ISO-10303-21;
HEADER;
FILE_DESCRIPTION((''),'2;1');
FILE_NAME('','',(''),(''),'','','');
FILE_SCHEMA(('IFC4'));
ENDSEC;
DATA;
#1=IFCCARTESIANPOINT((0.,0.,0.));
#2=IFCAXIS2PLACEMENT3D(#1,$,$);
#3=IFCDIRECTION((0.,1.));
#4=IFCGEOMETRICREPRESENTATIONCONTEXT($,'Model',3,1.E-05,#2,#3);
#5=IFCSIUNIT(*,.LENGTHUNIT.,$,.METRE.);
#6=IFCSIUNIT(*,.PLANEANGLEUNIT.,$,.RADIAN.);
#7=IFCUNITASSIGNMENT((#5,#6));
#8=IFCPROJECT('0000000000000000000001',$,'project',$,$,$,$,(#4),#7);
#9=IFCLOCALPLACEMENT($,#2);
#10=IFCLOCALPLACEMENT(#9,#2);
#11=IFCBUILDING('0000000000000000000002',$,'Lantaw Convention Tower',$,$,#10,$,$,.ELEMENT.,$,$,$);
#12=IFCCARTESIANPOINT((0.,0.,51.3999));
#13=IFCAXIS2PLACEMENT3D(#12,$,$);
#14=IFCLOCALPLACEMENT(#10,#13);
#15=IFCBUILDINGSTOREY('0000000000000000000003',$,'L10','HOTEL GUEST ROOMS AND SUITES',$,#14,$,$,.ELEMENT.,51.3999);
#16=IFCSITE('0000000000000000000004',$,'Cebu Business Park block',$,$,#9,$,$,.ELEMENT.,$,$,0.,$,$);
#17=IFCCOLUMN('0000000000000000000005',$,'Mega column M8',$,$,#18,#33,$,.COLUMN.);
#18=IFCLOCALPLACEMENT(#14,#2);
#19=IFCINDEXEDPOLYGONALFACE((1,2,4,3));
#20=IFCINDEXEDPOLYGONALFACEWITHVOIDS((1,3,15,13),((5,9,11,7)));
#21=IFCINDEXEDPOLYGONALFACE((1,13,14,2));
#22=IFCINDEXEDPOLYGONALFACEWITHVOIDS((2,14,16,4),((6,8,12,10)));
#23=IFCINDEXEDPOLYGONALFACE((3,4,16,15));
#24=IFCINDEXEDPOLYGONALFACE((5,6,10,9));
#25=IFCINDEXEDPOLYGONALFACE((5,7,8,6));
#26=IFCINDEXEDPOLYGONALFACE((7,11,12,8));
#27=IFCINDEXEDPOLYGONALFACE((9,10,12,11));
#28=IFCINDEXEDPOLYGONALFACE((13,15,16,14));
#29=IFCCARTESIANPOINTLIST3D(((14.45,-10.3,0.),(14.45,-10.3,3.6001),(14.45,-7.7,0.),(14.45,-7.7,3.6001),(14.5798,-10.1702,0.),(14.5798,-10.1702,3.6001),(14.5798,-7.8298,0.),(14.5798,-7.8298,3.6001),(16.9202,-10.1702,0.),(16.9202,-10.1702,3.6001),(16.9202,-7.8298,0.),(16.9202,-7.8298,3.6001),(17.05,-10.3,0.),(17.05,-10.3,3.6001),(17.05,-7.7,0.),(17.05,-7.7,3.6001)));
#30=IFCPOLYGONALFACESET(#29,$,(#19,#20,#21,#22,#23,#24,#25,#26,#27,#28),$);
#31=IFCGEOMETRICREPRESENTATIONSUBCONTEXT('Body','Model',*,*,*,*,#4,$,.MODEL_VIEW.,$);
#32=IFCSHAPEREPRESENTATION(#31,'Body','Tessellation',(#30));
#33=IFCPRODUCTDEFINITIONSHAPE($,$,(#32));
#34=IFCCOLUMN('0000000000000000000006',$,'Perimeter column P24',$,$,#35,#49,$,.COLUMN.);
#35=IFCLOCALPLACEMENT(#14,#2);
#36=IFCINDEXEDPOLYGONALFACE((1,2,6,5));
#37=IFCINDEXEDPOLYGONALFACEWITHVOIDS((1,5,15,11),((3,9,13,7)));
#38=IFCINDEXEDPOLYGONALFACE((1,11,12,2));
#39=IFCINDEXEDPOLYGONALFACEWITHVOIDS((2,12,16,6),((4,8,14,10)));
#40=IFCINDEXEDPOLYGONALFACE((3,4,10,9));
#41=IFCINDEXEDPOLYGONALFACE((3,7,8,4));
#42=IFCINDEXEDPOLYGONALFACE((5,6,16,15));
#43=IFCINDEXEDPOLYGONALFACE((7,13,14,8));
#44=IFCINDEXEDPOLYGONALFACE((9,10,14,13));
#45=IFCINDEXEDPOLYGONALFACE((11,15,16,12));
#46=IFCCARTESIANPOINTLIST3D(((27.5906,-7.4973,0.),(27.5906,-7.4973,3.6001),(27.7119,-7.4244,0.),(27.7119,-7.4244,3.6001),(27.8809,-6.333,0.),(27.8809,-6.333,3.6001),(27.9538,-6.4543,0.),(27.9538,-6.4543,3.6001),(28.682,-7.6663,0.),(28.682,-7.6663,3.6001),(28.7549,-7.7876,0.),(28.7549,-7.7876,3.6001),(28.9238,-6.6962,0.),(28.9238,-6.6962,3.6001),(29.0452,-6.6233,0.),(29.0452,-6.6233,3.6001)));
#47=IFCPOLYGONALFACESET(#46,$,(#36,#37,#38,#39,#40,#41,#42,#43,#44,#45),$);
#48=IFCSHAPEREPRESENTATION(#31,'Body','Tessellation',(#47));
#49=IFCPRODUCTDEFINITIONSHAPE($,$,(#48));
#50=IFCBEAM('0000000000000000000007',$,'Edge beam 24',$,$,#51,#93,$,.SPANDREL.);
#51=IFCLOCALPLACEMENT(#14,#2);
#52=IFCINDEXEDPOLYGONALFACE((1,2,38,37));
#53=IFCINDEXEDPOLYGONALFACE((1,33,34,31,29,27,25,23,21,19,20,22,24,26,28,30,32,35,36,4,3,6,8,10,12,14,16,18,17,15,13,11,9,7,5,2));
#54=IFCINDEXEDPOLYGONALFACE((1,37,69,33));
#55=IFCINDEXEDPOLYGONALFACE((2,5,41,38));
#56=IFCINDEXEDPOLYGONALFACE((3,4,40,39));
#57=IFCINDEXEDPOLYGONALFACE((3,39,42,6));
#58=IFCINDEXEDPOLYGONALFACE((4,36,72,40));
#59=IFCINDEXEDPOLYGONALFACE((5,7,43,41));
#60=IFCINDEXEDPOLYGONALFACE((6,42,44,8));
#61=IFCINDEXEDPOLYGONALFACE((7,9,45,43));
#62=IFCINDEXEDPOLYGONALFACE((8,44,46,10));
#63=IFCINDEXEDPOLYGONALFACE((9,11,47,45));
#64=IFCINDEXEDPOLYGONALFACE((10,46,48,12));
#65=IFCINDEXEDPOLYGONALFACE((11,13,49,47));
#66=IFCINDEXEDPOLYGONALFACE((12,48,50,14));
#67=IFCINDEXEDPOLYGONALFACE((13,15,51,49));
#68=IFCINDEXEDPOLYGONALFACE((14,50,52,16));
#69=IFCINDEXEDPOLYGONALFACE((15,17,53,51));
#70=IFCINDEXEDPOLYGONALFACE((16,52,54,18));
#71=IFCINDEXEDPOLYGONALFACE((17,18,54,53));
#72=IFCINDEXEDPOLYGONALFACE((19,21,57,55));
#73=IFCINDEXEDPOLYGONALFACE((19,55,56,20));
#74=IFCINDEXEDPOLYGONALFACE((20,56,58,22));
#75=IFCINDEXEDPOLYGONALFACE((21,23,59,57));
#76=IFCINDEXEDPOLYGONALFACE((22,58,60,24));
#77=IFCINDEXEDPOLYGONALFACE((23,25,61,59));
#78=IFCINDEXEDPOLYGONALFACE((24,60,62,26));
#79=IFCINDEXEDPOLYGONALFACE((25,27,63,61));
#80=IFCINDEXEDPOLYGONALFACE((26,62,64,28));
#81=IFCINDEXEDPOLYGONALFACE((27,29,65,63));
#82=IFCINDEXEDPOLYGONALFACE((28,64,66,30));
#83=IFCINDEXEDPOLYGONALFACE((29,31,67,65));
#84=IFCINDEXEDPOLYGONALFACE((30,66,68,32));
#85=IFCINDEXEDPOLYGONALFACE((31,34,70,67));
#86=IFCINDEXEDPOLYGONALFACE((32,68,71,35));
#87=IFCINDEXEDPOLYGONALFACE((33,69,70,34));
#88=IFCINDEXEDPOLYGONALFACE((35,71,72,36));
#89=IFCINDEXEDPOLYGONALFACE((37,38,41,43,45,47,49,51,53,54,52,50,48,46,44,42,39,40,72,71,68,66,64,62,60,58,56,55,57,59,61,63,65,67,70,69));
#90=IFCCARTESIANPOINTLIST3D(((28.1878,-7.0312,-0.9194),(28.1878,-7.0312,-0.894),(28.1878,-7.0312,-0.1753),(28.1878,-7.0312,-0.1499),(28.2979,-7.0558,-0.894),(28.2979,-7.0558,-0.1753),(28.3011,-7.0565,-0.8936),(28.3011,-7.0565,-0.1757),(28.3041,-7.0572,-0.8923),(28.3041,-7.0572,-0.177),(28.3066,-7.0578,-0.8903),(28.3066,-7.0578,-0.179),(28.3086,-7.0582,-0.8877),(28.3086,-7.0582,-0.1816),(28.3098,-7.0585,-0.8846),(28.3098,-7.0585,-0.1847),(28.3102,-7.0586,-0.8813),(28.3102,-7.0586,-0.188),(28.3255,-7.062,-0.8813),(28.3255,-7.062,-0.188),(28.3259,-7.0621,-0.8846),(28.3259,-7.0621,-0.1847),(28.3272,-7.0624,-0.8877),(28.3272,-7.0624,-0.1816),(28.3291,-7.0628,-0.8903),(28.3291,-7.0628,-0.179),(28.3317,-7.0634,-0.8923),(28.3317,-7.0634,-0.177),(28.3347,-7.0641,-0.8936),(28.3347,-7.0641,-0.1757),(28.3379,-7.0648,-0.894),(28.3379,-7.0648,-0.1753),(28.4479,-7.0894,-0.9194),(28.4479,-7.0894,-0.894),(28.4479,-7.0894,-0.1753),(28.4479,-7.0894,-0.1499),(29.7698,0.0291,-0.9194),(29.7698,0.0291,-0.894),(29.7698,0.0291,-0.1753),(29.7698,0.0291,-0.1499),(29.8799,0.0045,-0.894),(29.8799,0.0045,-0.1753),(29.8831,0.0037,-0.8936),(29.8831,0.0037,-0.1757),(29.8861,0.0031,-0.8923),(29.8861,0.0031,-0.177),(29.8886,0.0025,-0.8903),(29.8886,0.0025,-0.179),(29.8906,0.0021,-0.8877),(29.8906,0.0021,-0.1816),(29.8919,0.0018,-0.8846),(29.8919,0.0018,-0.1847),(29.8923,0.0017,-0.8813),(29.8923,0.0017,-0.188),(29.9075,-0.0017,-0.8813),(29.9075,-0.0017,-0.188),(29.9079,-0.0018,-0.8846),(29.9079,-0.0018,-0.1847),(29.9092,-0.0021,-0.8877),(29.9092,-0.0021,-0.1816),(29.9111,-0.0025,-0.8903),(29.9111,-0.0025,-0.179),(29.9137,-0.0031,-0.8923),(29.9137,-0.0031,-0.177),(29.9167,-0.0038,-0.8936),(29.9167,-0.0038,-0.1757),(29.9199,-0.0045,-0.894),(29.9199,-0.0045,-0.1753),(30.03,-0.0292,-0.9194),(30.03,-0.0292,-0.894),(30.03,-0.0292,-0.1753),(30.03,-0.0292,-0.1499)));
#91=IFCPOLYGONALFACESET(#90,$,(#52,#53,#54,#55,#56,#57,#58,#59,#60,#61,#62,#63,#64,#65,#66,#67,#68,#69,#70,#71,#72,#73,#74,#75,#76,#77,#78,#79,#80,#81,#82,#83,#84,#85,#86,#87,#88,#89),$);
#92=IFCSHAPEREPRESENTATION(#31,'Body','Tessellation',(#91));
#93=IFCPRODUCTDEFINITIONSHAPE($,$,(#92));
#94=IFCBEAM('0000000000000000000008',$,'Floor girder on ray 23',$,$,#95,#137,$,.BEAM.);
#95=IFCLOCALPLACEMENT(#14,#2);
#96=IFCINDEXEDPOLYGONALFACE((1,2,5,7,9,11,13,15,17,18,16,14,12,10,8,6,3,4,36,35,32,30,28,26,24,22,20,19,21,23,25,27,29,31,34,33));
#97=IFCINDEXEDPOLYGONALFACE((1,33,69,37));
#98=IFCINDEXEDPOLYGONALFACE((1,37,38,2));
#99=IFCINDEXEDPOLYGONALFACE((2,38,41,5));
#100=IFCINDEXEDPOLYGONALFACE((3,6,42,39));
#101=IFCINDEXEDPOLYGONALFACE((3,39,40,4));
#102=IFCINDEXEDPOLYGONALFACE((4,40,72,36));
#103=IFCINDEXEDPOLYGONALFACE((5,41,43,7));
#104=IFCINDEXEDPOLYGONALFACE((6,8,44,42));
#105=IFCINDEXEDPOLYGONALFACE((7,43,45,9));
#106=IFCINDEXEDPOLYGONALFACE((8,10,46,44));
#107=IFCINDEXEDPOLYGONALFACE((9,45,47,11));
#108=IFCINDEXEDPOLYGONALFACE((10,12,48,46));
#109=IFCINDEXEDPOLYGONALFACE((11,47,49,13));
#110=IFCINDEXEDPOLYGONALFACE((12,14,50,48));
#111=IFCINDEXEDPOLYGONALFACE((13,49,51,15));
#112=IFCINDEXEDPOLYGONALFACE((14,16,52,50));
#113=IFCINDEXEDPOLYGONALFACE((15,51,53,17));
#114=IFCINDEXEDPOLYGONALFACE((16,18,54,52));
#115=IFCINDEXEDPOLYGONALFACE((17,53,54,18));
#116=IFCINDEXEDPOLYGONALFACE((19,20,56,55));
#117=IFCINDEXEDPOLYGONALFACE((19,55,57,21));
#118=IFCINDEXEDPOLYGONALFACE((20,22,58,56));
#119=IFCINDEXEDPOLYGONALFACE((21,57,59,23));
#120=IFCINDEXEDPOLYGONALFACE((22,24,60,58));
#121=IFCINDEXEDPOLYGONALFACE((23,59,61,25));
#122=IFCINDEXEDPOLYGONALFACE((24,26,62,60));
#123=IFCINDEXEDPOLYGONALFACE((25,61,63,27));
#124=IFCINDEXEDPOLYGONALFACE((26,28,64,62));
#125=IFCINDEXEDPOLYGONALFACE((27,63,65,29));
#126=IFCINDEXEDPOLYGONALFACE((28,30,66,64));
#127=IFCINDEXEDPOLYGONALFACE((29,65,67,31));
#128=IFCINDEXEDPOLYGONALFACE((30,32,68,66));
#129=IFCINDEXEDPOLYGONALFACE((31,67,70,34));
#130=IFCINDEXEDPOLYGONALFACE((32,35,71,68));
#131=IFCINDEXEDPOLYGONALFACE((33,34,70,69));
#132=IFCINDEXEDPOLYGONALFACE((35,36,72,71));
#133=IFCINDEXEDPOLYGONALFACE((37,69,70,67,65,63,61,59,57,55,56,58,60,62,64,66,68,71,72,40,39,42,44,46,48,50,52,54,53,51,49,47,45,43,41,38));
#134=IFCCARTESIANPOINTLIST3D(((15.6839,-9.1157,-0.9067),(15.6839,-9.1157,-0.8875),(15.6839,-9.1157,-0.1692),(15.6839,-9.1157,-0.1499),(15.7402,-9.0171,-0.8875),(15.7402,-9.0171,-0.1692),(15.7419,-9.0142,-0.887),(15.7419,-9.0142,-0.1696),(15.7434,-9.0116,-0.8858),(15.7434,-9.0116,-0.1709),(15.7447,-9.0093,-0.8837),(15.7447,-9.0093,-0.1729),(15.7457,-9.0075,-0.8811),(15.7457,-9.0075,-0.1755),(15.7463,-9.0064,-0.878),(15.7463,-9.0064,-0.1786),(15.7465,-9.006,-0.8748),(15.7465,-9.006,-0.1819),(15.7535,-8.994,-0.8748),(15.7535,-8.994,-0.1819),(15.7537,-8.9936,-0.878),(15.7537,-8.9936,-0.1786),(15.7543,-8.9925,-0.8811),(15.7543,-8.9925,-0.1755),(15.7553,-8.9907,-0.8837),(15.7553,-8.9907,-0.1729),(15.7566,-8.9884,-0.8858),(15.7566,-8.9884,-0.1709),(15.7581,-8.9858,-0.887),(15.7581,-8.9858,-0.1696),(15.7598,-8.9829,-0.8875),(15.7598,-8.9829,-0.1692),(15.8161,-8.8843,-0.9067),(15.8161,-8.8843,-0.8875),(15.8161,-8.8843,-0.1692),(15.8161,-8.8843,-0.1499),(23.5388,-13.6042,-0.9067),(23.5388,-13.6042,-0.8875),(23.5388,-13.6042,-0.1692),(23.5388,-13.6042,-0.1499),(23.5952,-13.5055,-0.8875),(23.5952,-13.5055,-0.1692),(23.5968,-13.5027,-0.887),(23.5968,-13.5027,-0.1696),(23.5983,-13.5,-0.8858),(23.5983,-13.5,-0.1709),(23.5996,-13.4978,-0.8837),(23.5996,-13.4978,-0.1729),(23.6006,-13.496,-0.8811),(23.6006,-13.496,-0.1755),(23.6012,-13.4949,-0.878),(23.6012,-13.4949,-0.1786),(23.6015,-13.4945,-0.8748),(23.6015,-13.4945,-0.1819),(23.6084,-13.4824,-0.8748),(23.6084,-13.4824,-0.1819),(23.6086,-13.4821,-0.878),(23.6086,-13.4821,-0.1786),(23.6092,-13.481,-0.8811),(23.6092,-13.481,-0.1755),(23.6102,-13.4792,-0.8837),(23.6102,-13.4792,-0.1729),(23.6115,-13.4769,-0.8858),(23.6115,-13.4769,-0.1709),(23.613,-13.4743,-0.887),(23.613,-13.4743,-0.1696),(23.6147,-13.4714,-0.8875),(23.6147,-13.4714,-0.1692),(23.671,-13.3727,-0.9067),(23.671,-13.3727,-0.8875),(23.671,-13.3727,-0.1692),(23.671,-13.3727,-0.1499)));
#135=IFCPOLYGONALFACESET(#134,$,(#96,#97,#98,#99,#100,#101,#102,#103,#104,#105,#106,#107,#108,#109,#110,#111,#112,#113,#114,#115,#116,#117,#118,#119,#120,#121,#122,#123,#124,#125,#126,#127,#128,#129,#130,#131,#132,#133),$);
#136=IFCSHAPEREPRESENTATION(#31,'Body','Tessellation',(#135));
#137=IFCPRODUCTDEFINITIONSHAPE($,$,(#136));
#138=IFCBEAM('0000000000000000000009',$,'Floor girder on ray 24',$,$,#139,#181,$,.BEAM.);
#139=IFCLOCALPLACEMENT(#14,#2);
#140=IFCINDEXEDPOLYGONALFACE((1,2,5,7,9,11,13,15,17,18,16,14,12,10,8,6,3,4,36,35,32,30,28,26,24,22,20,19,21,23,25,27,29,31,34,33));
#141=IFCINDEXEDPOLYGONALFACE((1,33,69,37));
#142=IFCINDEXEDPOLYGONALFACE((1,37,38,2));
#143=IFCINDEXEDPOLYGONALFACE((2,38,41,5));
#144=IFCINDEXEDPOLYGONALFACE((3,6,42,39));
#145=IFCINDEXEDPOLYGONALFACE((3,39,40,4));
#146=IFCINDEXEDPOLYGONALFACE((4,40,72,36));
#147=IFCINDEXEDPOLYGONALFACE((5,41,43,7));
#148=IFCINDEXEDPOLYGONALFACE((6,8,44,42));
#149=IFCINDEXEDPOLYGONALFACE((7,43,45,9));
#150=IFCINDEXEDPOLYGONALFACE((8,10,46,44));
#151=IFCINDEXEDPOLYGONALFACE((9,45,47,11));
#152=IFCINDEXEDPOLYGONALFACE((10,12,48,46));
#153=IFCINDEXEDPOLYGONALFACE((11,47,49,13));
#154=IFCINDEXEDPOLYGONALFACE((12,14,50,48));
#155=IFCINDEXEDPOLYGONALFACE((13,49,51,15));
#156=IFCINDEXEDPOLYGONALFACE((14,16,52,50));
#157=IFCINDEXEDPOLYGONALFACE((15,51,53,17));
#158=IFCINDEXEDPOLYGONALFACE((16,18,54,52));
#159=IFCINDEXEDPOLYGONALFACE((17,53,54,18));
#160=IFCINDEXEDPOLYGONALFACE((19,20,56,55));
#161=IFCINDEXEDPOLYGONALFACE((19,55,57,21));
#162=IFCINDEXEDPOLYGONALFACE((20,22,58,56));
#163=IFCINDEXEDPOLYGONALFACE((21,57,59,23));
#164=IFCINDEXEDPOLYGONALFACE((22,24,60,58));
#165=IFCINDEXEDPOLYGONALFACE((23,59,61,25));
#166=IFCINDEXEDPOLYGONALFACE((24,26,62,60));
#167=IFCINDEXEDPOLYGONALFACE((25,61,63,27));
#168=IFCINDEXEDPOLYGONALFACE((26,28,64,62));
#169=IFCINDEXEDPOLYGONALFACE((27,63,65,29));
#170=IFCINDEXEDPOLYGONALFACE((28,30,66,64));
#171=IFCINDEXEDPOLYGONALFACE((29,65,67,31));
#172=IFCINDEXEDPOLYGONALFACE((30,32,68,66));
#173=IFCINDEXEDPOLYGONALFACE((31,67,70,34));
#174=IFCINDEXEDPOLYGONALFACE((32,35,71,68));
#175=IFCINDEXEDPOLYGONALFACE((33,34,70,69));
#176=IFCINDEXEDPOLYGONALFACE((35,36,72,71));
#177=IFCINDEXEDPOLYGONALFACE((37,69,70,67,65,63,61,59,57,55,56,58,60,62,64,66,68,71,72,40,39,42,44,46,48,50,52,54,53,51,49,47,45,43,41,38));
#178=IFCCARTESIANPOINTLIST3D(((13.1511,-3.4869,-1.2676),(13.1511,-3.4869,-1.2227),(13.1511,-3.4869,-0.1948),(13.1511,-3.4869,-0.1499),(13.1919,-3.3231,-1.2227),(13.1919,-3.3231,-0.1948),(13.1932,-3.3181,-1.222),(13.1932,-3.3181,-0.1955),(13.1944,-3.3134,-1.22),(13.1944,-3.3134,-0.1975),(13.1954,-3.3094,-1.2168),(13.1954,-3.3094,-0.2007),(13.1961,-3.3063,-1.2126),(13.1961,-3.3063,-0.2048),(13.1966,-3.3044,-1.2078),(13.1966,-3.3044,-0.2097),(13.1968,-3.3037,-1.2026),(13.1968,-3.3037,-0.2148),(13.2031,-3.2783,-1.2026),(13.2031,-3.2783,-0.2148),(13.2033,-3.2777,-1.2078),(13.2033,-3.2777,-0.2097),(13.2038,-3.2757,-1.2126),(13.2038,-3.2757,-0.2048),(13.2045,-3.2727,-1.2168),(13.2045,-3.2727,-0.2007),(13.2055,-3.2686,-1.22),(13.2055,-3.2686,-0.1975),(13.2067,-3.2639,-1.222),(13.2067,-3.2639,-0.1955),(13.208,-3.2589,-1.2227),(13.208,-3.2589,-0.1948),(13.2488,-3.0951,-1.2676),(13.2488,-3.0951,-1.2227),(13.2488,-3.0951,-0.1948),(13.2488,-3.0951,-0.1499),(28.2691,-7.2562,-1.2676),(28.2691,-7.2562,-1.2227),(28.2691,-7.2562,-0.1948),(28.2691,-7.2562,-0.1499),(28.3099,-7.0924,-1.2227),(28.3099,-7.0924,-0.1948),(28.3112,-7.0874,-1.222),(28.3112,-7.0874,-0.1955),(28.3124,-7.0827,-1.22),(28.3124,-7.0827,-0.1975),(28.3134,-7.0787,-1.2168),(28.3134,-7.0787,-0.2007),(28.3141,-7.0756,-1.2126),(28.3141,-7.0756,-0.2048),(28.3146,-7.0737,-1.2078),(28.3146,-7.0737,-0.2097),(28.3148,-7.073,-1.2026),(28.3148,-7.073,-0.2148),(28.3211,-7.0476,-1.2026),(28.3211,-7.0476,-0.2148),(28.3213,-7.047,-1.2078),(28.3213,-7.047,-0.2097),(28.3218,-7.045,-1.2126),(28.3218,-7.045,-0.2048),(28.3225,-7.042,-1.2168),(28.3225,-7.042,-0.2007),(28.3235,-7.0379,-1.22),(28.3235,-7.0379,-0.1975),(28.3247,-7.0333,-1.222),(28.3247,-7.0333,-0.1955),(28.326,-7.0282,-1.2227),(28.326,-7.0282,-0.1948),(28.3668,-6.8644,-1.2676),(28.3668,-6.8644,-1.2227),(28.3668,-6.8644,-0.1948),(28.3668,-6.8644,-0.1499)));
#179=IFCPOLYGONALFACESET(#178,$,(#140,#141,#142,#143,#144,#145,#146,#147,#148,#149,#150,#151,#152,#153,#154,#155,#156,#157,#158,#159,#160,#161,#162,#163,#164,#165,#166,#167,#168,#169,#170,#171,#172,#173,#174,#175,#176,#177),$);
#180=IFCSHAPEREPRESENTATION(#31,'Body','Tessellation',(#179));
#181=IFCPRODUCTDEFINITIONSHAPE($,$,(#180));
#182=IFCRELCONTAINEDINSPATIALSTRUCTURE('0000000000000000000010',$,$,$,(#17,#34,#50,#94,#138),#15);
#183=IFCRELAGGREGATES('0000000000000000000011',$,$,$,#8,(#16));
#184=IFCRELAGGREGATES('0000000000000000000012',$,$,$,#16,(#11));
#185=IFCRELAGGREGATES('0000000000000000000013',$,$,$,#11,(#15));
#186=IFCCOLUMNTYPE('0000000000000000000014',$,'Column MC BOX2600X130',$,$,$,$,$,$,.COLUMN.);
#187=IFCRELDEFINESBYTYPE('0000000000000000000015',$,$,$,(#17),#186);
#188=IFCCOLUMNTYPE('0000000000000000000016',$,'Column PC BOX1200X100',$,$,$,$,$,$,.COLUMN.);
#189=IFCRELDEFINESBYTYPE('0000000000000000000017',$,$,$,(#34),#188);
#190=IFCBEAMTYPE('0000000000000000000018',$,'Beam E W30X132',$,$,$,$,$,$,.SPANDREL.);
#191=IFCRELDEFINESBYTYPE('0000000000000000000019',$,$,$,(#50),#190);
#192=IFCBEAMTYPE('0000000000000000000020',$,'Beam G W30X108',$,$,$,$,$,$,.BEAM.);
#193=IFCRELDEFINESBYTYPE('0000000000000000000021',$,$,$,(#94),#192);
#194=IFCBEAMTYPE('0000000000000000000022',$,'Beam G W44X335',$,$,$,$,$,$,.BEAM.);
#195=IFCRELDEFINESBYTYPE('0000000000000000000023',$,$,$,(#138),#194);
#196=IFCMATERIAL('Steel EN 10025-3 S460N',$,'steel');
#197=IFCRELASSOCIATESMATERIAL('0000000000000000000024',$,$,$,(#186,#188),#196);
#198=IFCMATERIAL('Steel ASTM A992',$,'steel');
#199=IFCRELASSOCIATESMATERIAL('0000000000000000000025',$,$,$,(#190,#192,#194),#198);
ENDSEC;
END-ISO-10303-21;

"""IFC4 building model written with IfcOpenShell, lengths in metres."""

from ifc_helpers import new_model, si_unit, direction, frame, origin, origin_2d, place, context, subcontext, project, spatial, rectangle, hollow_rectangle, i_section, extrude, material, material_profile, profile_set, type_object, element, save


model = new_model("IFC4")

# Units and contexts
model_context = context("Model", 3, precision=1e-05, world=origin(), true_north=direction((0.0, 1.0)))
body_context = subcontext(model_context, "Body", "Model", "MODEL_VIEW")
ifc_project = project(units=[si_unit("LENGTHUNIT", "METRE"), si_unit("PLANEANGLEUNIT", "RADIAN")], contexts=[model_context])

# Site, building, storey
site_placement = place(None, origin())
site = spatial("IfcSite", under=ifc_project, at=site_placement, Name="Cebu Business Park block", CompositionType="ELEMENT", RefElevation=0.0)
building_placement = place(site_placement, origin())
building = spatial("IfcBuilding", under=site, at=building_placement, Name="Lantaw Convention Tower", CompositionType="ELEMENT")
storey_placement = place(building_placement, frame((0.0, 0.0, 51.3999)))
storey = spatial("IfcBuildingStorey", under=building, at=storey_placement, Name="L10", Description="HOTEL GUEST ROOMS AND SUITES", CompositionType="ELEMENT", Elevation=51.3999)

# Columns
ifc_material_1 = material(Name="Steel EN 10025-3 S460N", Category="steel")
ifc_material_profile_1 = material_profile(ifc_material_1, hollow_rectangle(XDim=2.6001, YDim=2.6001, WallThickness=0.1299, at=origin_2d()), Name="BOX2600X130")
ifc_material_2 = material(Name="Concrete C60/75", Category="concrete")
ifc_material_profile_2 = material_profile(ifc_material_2, rectangle(XDim=2.3401, YDim=2.3401, at=origin_2d()), Name="Concrete fill of BOX2600X130")
ifc_profile_set_1 = profile_set([ifc_material_profile_1, ifc_material_profile_2], Name="Steel EN 10025-3 S460N")
column_type_1 = type_object("IfcColumnType", Name="Column MC BOX2600X130", PredefinedType="COLUMN", material=ifc_profile_set_1)
column_1_placement = place(storey_placement, frame((15.75, -9.0, 0.0), z_axis=(0.0, 0.0, 1.0), x_axis=(1.0, 0.0, 0.0)))
element("IfcColumn", 1, at=column_1_placement, inside=storey, type_object=column_type_1, Name="Mega column M8", PredefinedType="COLUMN", context=body_context, shape_type="SweptSolid", body=[
    extrude(hollow_rectangle(XDim=2.6001, YDim=2.6001, WallThickness=0.1299, at=origin_2d()), origin(), (0.0, 0.0, 1.0), 3.6001),
])
ifc_material_profile_3 = material_profile(ifc_material_1, hollow_rectangle(XDim=1.2, YDim=1.2, WallThickness=0.1001, at=origin_2d()), Name="BOX1200X100")
ifc_material_profile_4 = material_profile(ifc_material_2, rectangle(XDim=1.0, YDim=1.0, at=origin_2d()), Name="Concrete fill of BOX1200X100")
ifc_profile_set_2 = profile_set([ifc_material_profile_3, ifc_material_profile_4], Name="Steel EN 10025-3 S460N")
column_type_2 = type_object("IfcColumnType", Name="Column PC BOX1200X100", PredefinedType="COLUMN", material=ifc_profile_set_2)
column_2_placement = place(storey_placement, frame((28.3179, -7.0603, 0.0), z_axis=(0.0, 0.0, 1.0), x_axis=(0.241922, 0.970296, 0.0)))
element("IfcColumn", 2, at=column_2_placement, inside=storey, type_object=column_type_2, Name="Perimeter column P24", PredefinedType="COLUMN", context=body_context, shape_type="SweptSolid", body=[
    extrude(hollow_rectangle(XDim=1.2, YDim=1.2, WallThickness=0.1001, at=origin_2d()), origin(), (0.0, 0.0, 1.0), 3.6001),
])

# Beams
ifc_material_3 = material(Name="Steel ASTM A992", Category="steel")
ifc_material_profile_5 = material_profile(ifc_material_3, i_section(OverallWidth=0.2666, OverallDepth=0.7695, WebThickness=0.0156, FlangeThickness=0.0254, FilletRadius=0.0127, at=origin_2d()), Name="W30X132")
ifc_profile_set_3 = profile_set([ifc_material_profile_5], Name="Steel ASTM A992")
beam_type_1 = type_object("IfcBeamType", Name="Beam E W30X132", PredefinedType="SPANDREL", material=ifc_profile_set_3)
beam_1_placement = place(storey_placement, frame((28.3179, -7.0603, -0.5347), z_axis=(0.218652, 0.975803, 0.0), x_axis=(-0.975803, 0.218652, 0.0)))
element("IfcBeam", 3, at=beam_1_placement, inside=storey, type_object=beam_type_1, Name="Edge beam 24", PredefinedType="SPANDREL", context=body_context, shape_type="SweptSolid", body=[
    extrude(i_section(OverallWidth=0.2666, OverallDepth=0.7695, WebThickness=0.0156, FlangeThickness=0.0254, FilletRadius=0.0127, at=origin_2d()), origin(), (0.0, 0.0, 1.0), 7.2354),
])
ifc_material_profile_6 = material_profile(ifc_material_3, i_section(OverallWidth=0.2666, OverallDepth=0.7568, WebThickness=0.0139, FlangeThickness=0.0193, FilletRadius=0.0127, at=origin_2d()), Name="W30X108")
ifc_profile_set_4 = profile_set([ifc_material_profile_6], Name="Steel ASTM A992")
beam_type_2 = type_object("IfcBeamType", Name="Beam G W30X108", PredefinedType="BEAM", material=ifc_profile_set_4)
beam_2_placement = place(storey_placement, frame((15.75, -9.0, -0.5283), z_axis=(0.868245, -0.496136, 0.0), x_axis=(0.496136, 0.868245, 0.0)))
element("IfcBeam", 4, at=beam_2_placement, inside=storey, type_object=beam_type_2, Name="Floor girder on ray 23", PredefinedType="BEAM", context=body_context, shape_type="SweptSolid", body=[
    extrude(i_section(OverallWidth=0.2666, OverallDepth=0.7568, WebThickness=0.0139, FlangeThickness=0.0193, FilletRadius=0.0127, at=origin_2d()), origin(), (0.0, 0.0, 1.0), 9.0469),
])
ifc_material_profile_7 = material_profile(ifc_material_3, i_section(OverallWidth=0.4038, OverallDepth=1.1177, WebThickness=0.0261, FlangeThickness=0.0449, FilletRadius=0.02, at=origin_2d()), Name="W44X335")
ifc_profile_set_5 = profile_set([ifc_material_profile_7], Name="Steel ASTM A992")
beam_type_3 = type_object("IfcBeamType", Name="Beam G W44X335", PredefinedType="BEAM", material=ifc_profile_set_5)
beam_3_placement = place(storey_placement, frame((13.2, -3.291, -0.7087), z_axis=(0.970296, -0.24192, 0.0), x_axis=(0.24192, 0.970296, 0.0)))
element("IfcBeam", 5, at=beam_3_placement, inside=storey, type_object=beam_type_3, Name="Floor girder on ray 24", PredefinedType="BEAM", context=body_context, shape_type="SweptSolid", body=[
    extrude(i_section(OverallWidth=0.4038, OverallDepth=1.1177, WebThickness=0.0261, FlangeThickness=0.0449, FilletRadius=0.02, at=origin_2d()), origin(), (0.0, 0.0, 1.0), 15.5808),
])

save(model, "model.ifc")
